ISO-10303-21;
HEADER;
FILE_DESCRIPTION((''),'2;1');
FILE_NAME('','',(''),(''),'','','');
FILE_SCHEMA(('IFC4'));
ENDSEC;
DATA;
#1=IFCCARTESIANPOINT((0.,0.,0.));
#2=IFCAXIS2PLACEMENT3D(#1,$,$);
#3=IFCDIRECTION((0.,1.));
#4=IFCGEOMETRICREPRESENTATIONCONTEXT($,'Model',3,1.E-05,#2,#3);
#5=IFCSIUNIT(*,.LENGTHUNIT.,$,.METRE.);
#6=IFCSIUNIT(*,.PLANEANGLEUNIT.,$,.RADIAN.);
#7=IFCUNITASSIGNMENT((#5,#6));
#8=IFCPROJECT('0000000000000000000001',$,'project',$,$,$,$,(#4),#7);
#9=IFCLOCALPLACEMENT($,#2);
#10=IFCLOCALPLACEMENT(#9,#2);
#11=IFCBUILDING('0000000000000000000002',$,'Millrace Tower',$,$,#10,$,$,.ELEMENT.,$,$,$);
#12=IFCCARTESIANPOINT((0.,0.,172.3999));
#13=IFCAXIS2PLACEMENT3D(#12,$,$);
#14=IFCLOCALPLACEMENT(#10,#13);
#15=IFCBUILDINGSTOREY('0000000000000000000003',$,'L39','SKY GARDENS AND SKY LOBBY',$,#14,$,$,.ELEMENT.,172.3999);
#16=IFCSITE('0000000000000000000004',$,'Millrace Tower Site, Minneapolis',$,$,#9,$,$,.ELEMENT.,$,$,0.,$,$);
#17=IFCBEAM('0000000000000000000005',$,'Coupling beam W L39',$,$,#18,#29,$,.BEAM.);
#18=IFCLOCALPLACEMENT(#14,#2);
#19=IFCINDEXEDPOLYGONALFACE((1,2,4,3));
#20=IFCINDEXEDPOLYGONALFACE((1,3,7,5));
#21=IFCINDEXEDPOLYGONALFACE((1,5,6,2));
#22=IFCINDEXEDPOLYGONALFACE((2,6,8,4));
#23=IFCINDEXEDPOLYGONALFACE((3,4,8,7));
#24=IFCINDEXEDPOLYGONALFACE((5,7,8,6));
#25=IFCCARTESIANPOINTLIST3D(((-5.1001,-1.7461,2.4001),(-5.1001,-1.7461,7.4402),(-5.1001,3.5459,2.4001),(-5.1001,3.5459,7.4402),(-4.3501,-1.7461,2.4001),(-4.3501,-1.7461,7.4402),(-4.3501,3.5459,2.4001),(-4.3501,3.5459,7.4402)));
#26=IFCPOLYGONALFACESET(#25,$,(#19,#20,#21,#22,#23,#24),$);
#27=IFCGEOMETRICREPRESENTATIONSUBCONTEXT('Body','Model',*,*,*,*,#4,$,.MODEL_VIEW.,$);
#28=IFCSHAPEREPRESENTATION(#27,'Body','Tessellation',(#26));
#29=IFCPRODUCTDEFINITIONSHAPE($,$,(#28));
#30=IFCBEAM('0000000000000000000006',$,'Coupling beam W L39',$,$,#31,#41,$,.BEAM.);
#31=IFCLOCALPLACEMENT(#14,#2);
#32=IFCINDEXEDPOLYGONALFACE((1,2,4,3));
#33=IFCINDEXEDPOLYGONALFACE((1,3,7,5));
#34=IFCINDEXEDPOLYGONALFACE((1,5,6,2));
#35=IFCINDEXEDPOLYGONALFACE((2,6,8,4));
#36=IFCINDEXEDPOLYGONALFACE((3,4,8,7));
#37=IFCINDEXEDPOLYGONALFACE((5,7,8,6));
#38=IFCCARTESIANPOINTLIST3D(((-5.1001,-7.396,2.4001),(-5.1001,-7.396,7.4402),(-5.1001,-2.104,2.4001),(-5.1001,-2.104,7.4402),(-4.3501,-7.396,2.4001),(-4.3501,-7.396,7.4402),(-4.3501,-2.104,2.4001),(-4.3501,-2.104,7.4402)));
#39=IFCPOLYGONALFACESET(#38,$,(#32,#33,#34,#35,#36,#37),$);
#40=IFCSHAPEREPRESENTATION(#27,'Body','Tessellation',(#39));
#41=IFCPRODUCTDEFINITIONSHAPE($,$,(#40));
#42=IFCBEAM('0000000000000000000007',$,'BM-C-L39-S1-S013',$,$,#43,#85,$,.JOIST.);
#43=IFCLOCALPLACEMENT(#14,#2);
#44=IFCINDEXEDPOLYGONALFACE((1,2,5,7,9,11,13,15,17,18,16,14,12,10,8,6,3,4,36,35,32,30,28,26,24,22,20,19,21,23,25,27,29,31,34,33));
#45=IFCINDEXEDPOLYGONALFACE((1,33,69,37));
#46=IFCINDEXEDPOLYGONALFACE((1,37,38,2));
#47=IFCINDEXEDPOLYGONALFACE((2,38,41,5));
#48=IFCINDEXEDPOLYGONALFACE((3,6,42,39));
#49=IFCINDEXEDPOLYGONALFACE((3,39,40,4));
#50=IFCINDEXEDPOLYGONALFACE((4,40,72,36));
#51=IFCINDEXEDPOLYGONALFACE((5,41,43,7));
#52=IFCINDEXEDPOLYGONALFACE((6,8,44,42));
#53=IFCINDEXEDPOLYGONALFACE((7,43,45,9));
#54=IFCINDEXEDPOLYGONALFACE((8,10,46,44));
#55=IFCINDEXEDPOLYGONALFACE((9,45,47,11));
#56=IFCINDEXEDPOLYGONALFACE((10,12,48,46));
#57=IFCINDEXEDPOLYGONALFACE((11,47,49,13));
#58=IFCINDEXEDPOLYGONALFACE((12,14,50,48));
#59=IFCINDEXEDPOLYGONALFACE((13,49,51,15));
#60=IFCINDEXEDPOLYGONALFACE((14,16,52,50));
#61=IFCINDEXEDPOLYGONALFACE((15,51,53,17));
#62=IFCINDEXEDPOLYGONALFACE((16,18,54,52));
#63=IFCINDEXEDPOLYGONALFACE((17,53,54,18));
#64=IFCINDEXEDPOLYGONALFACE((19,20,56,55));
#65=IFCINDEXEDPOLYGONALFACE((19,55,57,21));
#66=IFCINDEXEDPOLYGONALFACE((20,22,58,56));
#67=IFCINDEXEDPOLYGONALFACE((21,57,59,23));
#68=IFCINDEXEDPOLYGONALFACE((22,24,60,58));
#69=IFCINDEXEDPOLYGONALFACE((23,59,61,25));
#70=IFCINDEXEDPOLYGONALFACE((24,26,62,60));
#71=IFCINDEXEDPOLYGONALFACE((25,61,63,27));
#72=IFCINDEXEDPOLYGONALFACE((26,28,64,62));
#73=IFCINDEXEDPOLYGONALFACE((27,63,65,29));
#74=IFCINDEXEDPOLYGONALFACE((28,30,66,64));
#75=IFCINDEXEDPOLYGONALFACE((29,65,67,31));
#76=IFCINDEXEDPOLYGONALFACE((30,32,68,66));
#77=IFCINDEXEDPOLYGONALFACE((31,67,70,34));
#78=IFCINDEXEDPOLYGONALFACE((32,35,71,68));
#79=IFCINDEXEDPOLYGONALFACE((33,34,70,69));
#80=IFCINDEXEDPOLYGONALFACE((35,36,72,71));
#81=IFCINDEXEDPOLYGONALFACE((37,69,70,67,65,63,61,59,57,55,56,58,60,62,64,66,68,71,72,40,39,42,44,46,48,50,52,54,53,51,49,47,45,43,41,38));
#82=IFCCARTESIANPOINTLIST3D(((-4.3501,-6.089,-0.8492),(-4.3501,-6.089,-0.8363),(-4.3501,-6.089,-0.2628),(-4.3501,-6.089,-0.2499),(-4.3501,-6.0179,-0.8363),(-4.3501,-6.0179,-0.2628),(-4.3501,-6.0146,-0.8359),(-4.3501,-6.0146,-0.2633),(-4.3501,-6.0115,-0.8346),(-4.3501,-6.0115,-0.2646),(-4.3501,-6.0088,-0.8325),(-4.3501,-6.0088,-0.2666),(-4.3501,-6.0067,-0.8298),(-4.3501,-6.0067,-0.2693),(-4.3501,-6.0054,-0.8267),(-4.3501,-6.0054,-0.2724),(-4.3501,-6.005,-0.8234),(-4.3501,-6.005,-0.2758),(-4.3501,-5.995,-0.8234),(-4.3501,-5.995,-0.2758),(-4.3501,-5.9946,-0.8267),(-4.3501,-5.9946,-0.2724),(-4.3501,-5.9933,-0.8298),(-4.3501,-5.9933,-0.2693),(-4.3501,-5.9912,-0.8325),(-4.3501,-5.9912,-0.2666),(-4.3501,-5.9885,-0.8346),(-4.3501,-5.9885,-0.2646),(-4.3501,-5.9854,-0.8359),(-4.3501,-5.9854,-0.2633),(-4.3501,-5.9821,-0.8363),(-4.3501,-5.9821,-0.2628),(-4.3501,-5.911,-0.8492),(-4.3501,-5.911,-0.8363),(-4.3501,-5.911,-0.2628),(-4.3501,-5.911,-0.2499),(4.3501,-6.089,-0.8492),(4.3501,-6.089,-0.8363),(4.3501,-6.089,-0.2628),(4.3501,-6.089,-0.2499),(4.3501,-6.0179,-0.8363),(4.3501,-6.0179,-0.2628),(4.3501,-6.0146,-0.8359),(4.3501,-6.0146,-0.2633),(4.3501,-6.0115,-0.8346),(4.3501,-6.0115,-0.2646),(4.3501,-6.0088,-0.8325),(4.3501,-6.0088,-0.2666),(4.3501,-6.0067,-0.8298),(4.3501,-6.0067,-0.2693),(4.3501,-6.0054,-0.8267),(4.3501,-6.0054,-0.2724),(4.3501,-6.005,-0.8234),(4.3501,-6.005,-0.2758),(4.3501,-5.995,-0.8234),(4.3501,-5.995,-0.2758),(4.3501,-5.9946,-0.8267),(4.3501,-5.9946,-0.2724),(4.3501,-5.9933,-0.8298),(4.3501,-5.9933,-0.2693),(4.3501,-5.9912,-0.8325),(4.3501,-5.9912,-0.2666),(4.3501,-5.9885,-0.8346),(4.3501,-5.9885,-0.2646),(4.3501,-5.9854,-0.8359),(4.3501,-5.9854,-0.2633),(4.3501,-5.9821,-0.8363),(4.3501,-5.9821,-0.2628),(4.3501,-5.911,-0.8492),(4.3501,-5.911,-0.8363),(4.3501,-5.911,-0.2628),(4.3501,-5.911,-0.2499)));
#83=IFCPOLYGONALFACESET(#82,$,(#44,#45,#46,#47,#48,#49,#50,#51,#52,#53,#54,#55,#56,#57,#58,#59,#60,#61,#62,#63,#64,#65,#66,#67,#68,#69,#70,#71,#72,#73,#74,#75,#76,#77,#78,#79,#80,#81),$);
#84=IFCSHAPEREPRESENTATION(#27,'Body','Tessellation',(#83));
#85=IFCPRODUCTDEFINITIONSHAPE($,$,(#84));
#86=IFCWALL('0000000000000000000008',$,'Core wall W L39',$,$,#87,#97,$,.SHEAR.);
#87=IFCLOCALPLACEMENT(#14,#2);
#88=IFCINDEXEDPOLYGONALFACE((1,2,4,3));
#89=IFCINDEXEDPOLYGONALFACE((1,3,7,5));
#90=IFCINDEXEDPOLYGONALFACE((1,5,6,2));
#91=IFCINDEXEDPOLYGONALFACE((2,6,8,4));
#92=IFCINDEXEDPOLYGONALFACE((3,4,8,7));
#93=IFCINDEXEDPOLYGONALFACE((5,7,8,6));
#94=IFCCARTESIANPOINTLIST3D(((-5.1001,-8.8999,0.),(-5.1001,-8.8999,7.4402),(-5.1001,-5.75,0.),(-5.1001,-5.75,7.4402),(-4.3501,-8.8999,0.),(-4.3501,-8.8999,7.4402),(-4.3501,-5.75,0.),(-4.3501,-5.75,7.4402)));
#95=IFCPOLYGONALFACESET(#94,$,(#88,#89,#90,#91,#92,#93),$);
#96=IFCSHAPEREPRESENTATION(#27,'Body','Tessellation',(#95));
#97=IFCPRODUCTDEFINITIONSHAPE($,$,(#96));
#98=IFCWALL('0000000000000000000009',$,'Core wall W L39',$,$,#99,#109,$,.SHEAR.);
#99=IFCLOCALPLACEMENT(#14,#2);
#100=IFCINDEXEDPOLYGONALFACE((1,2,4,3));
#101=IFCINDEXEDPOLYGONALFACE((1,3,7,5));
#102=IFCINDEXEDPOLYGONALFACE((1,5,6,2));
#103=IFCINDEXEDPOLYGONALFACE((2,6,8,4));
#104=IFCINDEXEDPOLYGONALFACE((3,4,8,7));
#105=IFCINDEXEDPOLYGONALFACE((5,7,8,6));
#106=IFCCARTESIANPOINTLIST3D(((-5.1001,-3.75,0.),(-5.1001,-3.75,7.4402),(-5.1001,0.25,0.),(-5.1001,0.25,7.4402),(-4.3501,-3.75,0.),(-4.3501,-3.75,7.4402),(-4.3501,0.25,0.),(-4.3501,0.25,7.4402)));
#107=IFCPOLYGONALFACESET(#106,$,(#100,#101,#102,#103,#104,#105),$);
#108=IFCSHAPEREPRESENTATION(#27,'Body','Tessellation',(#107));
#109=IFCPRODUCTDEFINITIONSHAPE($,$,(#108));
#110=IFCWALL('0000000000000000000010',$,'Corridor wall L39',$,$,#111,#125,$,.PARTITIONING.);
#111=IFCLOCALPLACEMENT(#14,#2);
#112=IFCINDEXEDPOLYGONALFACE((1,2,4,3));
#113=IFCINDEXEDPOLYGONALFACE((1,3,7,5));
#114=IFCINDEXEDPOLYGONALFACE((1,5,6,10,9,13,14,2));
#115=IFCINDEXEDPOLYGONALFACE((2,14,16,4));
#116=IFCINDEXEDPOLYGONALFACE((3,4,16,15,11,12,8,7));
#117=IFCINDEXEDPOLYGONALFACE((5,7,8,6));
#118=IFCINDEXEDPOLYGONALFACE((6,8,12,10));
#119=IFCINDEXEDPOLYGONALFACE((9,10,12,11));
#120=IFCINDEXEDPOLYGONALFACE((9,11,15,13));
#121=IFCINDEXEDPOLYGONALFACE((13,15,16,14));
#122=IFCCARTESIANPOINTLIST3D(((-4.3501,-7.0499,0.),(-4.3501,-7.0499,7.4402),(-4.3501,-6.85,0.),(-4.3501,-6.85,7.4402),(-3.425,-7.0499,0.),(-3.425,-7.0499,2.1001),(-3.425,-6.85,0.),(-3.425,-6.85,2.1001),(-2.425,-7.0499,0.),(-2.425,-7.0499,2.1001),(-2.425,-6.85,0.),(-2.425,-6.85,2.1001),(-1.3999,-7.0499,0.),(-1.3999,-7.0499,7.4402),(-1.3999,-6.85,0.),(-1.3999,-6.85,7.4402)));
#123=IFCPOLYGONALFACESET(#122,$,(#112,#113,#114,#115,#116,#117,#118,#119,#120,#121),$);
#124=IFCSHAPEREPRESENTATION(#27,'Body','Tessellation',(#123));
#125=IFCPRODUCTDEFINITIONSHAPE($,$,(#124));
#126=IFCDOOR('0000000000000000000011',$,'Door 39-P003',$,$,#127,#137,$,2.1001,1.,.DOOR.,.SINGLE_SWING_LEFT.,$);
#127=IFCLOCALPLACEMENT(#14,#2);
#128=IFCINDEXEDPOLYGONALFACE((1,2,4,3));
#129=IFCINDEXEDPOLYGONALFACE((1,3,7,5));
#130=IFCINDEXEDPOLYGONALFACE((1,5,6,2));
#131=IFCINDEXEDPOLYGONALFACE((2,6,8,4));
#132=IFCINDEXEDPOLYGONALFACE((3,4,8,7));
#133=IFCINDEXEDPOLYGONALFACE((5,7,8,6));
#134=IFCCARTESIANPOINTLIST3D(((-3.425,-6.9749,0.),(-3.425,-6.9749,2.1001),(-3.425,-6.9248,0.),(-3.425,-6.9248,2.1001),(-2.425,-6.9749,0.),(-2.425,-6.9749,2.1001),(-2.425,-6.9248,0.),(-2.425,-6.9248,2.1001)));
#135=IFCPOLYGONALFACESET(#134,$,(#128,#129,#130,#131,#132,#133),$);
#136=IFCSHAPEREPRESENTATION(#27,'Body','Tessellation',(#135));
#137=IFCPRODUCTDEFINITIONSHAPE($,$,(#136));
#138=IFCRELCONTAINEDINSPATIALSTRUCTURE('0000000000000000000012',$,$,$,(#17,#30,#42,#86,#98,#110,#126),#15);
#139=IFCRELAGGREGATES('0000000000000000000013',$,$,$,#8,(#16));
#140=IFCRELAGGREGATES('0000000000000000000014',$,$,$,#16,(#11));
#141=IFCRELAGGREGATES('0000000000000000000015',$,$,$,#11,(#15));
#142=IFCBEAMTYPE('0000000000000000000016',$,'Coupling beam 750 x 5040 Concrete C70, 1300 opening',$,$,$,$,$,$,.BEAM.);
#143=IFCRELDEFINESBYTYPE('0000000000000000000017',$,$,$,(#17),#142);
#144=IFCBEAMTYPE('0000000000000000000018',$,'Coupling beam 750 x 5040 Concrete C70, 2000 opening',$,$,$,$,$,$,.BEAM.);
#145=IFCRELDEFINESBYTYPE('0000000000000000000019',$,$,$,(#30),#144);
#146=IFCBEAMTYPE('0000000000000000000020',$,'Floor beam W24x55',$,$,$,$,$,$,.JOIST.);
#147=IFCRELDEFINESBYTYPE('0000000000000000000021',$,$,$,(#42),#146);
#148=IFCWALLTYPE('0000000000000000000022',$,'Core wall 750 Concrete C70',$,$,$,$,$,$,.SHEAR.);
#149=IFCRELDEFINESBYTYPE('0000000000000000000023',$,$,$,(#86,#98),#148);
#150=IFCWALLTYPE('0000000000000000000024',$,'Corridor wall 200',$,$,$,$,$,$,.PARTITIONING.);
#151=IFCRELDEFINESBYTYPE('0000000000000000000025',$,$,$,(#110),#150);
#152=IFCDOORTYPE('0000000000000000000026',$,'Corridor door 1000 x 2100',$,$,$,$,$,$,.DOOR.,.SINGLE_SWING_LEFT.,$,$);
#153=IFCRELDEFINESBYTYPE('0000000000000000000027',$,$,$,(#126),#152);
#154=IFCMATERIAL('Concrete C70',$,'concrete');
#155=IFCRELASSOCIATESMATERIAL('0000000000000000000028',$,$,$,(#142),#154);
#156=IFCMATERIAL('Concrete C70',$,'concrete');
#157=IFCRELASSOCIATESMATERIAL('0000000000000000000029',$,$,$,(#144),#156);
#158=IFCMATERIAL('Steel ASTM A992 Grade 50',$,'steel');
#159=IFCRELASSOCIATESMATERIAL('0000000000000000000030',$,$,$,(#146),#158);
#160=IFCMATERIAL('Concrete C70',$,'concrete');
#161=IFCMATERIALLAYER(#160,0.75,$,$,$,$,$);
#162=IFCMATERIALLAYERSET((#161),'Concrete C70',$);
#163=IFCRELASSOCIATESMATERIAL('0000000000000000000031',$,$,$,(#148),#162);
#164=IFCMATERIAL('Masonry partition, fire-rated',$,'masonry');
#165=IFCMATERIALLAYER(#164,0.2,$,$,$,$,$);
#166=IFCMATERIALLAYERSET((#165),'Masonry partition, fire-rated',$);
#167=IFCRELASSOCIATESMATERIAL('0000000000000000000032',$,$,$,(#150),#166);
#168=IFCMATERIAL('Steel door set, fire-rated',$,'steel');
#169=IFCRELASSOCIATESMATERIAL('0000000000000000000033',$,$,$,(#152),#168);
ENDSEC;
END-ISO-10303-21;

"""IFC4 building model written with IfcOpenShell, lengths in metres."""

from ifc_helpers import new_model, si_unit, direction, frame, frame_2d, origin, origin_2d, place, context, subcontext, project, spatial, rectangle, i_section, extrude, material, layer, layer_set, material_profile, profile_set, type_object, element, fill, save


model = new_model("IFC4")

# Units and contexts
model_context = context("Model", 3, precision=1e-05, world=origin(), true_north=direction((0.0, 1.0)))
body_context = subcontext(model_context, "Body", "Model", "MODEL_VIEW")
ifc_project = project(units=[si_unit("LENGTHUNIT", "METRE"), si_unit("PLANEANGLEUNIT", "RADIAN")], contexts=[model_context])

# Site, building, storey
site_placement = place(None, origin())
site = spatial("IfcSite", under=ifc_project, at=site_placement, Name="Millrace Tower Site, Minneapolis", CompositionType="ELEMENT", RefElevation=0.0)
building_placement = place(site_placement, origin())
building = spatial("IfcBuilding", under=site, at=building_placement, Name="Millrace Tower", CompositionType="ELEMENT")
storey_placement = place(building_placement, frame((0.0, 0.0, 172.3999)))
storey = spatial("IfcBuildingStorey", under=building, at=storey_placement, Name="L39", Description="SKY GARDENS AND SKY LOBBY", CompositionType="ELEMENT", Elevation=172.3999)

# Beams
ifc_material_1 = material(Name="Concrete C70", Category="concrete")
ifc_material_profile_1 = material_profile(ifc_material_1, rectangle(XDim=0.75, YDim=5.04, at=origin_2d()))
ifc_profile_set_1 = profile_set([ifc_material_profile_1], Name="Concrete C70")
beam_type_1 = type_object("IfcBeamType", Name="Coupling beam 750 x 5040 Concrete C70, 1300 opening", PredefinedType="BEAM", material=ifc_profile_set_1)
beam_1_placement = place(storey_placement, frame((-4.7251, -1.7461, 4.9202), z_axis=(0.0, 1.0, 0.0), x_axis=(-1.0, 0.0, 0.0)))
element("IfcBeam", 1, at=beam_1_placement, inside=storey, type_object=beam_type_1, Name="Coupling beam W L39", PredefinedType="BEAM", context=body_context, shape_type="SweptSolid", body=[
    extrude(rectangle(XDim=0.75, YDim=5.04, at=origin_2d()), origin(), (0.0, 0.0, 1.0), 5.292),
])
ifc_material_2 = material(Name="Concrete C70", Category="concrete")
ifc_material_profile_2 = material_profile(ifc_material_2, rectangle(XDim=0.75, YDim=5.04, at=origin_2d()))
ifc_profile_set_2 = profile_set([ifc_material_profile_2], Name="Concrete C70")
beam_type_2 = type_object("IfcBeamType", Name="Coupling beam 750 x 5040 Concrete C70, 2000 opening", PredefinedType="BEAM", material=ifc_profile_set_2)
beam_2_placement = place(storey_placement, frame((-4.7251, -7.396, 4.9202), z_axis=(0.0, 1.0, 0.0), x_axis=(-1.0, 0.0, 0.0)))
element("IfcBeam", 2, at=beam_2_placement, inside=storey, type_object=beam_type_2, Name="Coupling beam W L39", PredefinedType="BEAM", context=body_context, shape_type="SweptSolid", body=[
    extrude(rectangle(XDim=0.75, YDim=5.04, at=origin_2d()), origin(), (0.0, 0.0, 1.0), 5.292),
])
ifc_material_3 = material(Name="Steel ASTM A992 Grade 50", Category="steel")
ifc_material_profile_3 = material_profile(ifc_material_3, i_section(OverallWidth=0.178, OverallDepth=0.5994, WebThickness=0.01, FlangeThickness=0.0129, FilletRadius=0.0129, at=origin_2d()))
ifc_profile_set_3 = profile_set([ifc_material_profile_3], Name="Steel ASTM A992 Grade 50")
beam_type_3 = type_object("IfcBeamType", Name="Floor beam W24x55", PredefinedType="JOIST", material=ifc_profile_set_3)
beam_3_placement = place(storey_placement, frame((-4.3501, -6.0, -0.5496), z_axis=(1.0, 0.0, 0.0), x_axis=(0.0, 1.0, 0.0)))
element("IfcBeam", 3, at=beam_3_placement, inside=storey, type_object=beam_type_3, Name="BM-C-L39-S1-S013", PredefinedType="JOIST", context=body_context, shape_type="SweptSolid", body=[
    extrude(i_section(OverallWidth=0.178, OverallDepth=0.5994, WebThickness=0.01, FlangeThickness=0.0129, FilletRadius=0.0129, at=origin_2d()), origin(), (0.0, 0.0, 1.0), 8.7002),
])

# Walls
ifc_material_4 = material(Name="Concrete C70", Category="concrete")
ifc_layer_1 = layer(ifc_material_4, 0.75)
ifc_layer_set_1 = layer_set([ifc_layer_1], Name="Concrete C70")
wall_type_1 = type_object("IfcWallType", Name="Core wall 750 Concrete C70", PredefinedType="SHEAR", material=ifc_layer_set_1)
wall_1_placement = place(storey_placement, frame((-4.7251, -8.8999, 0.0), z_axis=(0.0, 0.0, 1.0), x_axis=(0.0, 1.0, 0.0)))
element("IfcWall", 4, at=wall_1_placement, inside=storey, type_object=wall_type_1, Name="Core wall W L39", PredefinedType="SHEAR", context=body_context, shape_type="SweptSolid", body=[
    extrude(rectangle(XDim=3.1499, YDim=0.75, at=frame_2d((1.575, 0.0))), origin(), (0.0, 0.0, 1.0), 7.4402),
])
wall_2_placement = place(storey_placement, frame((-4.7251, -3.75, 0.0), z_axis=(0.0, 0.0, 1.0), x_axis=(0.0, 1.0, 0.0)))
element("IfcWall", 5, at=wall_2_placement, inside=storey, type_object=wall_type_1, Name="Core wall W L39", PredefinedType="SHEAR", context=body_context, shape_type="SweptSolid", body=[
    extrude(rectangle(XDim=4.0, YDim=0.75, at=frame_2d((2.0, 0.0))), origin(), (0.0, 0.0, 1.0), 7.4402),
])

# Wall, opening, door
ifc_material_5 = material(Name="Masonry partition, fire-rated", Category="masonry")
ifc_layer_2 = layer(ifc_material_5, 0.2)
ifc_layer_set_2 = layer_set([ifc_layer_2], Name="Masonry partition, fire-rated")
wall_type_2 = type_object("IfcWallType", Name="Corridor wall 200", PredefinedType="PARTITIONING", material=ifc_layer_set_2)
wall_3_placement = place(storey_placement, frame((-4.3501, -6.95, 0.0), z_axis=(0.0, 0.0, 1.0), x_axis=(1.0, 0.0, 0.0)))
wall_3 = element("IfcWall", 6, at=wall_3_placement, inside=storey, type_object=wall_type_2, Name="Corridor wall L39", PredefinedType="PARTITIONING", context=body_context, shape_type="SweptSolid", body=[
    extrude(rectangle(XDim=2.9502, YDim=0.2, at=frame_2d((1.4751, 0.0))), origin(), (0.0, 0.0, 1.0), 7.4402),
])
opening_1_placement = place(wall_3_placement, frame((0.925, 0.0, 0.0)))
opening_1 = element("IfcOpeningElement", 7, at=opening_1_placement, cuts=wall_3, PredefinedType="OPENING", context=body_context, shape_type="SweptSolid", body=[
    extrude(rectangle(XDim=1.0, YDim=2.1001, at=frame_2d((0.5, 1.05))), frame((0.0, 0.1099, 0.0), z_axis=(0.0, -1.0, 0.0), x_axis=(1.0, 0.0, 0.0)), (0.0, 0.0, 1.0), 0.22),
])
ifc_material_6 = material(Name="Steel door set, fire-rated", Category="steel")
door_type_1 = type_object("IfcDoorType", Name="Corridor door 1000 x 2100", OperationType="SINGLE_SWING_LEFT", PredefinedType="DOOR", material=ifc_material_6)
door_1_placement = place(opening_1_placement, frame((1.0, 0.0, 0.0), z_axis=(0.0, 0.0, 1.0), x_axis=(-1.0, 0.0, 0.0)))
door_1 = element("IfcDoor", 8, at=door_1_placement, inside=storey, type_object=door_type_1, Name="Door 39-P003", OperationType="SINGLE_SWING_LEFT", OverallHeight=2.1001, OverallWidth=1.0, PredefinedType="DOOR", context=body_context, shape_type="SweptSolid", body=[
    extrude(rectangle(XDim=1.0, YDim=2.1001, at=frame_2d((0.5, 1.05))), frame((0.0, 0.0249, 0.0), z_axis=(0.0, -1.0, 0.0), x_axis=(1.0, 0.0, 0.0)), (0.0, 0.0, 1.0), 0.05),
])
fill(opening_1, door_1)

save(model, "model.ifc")
